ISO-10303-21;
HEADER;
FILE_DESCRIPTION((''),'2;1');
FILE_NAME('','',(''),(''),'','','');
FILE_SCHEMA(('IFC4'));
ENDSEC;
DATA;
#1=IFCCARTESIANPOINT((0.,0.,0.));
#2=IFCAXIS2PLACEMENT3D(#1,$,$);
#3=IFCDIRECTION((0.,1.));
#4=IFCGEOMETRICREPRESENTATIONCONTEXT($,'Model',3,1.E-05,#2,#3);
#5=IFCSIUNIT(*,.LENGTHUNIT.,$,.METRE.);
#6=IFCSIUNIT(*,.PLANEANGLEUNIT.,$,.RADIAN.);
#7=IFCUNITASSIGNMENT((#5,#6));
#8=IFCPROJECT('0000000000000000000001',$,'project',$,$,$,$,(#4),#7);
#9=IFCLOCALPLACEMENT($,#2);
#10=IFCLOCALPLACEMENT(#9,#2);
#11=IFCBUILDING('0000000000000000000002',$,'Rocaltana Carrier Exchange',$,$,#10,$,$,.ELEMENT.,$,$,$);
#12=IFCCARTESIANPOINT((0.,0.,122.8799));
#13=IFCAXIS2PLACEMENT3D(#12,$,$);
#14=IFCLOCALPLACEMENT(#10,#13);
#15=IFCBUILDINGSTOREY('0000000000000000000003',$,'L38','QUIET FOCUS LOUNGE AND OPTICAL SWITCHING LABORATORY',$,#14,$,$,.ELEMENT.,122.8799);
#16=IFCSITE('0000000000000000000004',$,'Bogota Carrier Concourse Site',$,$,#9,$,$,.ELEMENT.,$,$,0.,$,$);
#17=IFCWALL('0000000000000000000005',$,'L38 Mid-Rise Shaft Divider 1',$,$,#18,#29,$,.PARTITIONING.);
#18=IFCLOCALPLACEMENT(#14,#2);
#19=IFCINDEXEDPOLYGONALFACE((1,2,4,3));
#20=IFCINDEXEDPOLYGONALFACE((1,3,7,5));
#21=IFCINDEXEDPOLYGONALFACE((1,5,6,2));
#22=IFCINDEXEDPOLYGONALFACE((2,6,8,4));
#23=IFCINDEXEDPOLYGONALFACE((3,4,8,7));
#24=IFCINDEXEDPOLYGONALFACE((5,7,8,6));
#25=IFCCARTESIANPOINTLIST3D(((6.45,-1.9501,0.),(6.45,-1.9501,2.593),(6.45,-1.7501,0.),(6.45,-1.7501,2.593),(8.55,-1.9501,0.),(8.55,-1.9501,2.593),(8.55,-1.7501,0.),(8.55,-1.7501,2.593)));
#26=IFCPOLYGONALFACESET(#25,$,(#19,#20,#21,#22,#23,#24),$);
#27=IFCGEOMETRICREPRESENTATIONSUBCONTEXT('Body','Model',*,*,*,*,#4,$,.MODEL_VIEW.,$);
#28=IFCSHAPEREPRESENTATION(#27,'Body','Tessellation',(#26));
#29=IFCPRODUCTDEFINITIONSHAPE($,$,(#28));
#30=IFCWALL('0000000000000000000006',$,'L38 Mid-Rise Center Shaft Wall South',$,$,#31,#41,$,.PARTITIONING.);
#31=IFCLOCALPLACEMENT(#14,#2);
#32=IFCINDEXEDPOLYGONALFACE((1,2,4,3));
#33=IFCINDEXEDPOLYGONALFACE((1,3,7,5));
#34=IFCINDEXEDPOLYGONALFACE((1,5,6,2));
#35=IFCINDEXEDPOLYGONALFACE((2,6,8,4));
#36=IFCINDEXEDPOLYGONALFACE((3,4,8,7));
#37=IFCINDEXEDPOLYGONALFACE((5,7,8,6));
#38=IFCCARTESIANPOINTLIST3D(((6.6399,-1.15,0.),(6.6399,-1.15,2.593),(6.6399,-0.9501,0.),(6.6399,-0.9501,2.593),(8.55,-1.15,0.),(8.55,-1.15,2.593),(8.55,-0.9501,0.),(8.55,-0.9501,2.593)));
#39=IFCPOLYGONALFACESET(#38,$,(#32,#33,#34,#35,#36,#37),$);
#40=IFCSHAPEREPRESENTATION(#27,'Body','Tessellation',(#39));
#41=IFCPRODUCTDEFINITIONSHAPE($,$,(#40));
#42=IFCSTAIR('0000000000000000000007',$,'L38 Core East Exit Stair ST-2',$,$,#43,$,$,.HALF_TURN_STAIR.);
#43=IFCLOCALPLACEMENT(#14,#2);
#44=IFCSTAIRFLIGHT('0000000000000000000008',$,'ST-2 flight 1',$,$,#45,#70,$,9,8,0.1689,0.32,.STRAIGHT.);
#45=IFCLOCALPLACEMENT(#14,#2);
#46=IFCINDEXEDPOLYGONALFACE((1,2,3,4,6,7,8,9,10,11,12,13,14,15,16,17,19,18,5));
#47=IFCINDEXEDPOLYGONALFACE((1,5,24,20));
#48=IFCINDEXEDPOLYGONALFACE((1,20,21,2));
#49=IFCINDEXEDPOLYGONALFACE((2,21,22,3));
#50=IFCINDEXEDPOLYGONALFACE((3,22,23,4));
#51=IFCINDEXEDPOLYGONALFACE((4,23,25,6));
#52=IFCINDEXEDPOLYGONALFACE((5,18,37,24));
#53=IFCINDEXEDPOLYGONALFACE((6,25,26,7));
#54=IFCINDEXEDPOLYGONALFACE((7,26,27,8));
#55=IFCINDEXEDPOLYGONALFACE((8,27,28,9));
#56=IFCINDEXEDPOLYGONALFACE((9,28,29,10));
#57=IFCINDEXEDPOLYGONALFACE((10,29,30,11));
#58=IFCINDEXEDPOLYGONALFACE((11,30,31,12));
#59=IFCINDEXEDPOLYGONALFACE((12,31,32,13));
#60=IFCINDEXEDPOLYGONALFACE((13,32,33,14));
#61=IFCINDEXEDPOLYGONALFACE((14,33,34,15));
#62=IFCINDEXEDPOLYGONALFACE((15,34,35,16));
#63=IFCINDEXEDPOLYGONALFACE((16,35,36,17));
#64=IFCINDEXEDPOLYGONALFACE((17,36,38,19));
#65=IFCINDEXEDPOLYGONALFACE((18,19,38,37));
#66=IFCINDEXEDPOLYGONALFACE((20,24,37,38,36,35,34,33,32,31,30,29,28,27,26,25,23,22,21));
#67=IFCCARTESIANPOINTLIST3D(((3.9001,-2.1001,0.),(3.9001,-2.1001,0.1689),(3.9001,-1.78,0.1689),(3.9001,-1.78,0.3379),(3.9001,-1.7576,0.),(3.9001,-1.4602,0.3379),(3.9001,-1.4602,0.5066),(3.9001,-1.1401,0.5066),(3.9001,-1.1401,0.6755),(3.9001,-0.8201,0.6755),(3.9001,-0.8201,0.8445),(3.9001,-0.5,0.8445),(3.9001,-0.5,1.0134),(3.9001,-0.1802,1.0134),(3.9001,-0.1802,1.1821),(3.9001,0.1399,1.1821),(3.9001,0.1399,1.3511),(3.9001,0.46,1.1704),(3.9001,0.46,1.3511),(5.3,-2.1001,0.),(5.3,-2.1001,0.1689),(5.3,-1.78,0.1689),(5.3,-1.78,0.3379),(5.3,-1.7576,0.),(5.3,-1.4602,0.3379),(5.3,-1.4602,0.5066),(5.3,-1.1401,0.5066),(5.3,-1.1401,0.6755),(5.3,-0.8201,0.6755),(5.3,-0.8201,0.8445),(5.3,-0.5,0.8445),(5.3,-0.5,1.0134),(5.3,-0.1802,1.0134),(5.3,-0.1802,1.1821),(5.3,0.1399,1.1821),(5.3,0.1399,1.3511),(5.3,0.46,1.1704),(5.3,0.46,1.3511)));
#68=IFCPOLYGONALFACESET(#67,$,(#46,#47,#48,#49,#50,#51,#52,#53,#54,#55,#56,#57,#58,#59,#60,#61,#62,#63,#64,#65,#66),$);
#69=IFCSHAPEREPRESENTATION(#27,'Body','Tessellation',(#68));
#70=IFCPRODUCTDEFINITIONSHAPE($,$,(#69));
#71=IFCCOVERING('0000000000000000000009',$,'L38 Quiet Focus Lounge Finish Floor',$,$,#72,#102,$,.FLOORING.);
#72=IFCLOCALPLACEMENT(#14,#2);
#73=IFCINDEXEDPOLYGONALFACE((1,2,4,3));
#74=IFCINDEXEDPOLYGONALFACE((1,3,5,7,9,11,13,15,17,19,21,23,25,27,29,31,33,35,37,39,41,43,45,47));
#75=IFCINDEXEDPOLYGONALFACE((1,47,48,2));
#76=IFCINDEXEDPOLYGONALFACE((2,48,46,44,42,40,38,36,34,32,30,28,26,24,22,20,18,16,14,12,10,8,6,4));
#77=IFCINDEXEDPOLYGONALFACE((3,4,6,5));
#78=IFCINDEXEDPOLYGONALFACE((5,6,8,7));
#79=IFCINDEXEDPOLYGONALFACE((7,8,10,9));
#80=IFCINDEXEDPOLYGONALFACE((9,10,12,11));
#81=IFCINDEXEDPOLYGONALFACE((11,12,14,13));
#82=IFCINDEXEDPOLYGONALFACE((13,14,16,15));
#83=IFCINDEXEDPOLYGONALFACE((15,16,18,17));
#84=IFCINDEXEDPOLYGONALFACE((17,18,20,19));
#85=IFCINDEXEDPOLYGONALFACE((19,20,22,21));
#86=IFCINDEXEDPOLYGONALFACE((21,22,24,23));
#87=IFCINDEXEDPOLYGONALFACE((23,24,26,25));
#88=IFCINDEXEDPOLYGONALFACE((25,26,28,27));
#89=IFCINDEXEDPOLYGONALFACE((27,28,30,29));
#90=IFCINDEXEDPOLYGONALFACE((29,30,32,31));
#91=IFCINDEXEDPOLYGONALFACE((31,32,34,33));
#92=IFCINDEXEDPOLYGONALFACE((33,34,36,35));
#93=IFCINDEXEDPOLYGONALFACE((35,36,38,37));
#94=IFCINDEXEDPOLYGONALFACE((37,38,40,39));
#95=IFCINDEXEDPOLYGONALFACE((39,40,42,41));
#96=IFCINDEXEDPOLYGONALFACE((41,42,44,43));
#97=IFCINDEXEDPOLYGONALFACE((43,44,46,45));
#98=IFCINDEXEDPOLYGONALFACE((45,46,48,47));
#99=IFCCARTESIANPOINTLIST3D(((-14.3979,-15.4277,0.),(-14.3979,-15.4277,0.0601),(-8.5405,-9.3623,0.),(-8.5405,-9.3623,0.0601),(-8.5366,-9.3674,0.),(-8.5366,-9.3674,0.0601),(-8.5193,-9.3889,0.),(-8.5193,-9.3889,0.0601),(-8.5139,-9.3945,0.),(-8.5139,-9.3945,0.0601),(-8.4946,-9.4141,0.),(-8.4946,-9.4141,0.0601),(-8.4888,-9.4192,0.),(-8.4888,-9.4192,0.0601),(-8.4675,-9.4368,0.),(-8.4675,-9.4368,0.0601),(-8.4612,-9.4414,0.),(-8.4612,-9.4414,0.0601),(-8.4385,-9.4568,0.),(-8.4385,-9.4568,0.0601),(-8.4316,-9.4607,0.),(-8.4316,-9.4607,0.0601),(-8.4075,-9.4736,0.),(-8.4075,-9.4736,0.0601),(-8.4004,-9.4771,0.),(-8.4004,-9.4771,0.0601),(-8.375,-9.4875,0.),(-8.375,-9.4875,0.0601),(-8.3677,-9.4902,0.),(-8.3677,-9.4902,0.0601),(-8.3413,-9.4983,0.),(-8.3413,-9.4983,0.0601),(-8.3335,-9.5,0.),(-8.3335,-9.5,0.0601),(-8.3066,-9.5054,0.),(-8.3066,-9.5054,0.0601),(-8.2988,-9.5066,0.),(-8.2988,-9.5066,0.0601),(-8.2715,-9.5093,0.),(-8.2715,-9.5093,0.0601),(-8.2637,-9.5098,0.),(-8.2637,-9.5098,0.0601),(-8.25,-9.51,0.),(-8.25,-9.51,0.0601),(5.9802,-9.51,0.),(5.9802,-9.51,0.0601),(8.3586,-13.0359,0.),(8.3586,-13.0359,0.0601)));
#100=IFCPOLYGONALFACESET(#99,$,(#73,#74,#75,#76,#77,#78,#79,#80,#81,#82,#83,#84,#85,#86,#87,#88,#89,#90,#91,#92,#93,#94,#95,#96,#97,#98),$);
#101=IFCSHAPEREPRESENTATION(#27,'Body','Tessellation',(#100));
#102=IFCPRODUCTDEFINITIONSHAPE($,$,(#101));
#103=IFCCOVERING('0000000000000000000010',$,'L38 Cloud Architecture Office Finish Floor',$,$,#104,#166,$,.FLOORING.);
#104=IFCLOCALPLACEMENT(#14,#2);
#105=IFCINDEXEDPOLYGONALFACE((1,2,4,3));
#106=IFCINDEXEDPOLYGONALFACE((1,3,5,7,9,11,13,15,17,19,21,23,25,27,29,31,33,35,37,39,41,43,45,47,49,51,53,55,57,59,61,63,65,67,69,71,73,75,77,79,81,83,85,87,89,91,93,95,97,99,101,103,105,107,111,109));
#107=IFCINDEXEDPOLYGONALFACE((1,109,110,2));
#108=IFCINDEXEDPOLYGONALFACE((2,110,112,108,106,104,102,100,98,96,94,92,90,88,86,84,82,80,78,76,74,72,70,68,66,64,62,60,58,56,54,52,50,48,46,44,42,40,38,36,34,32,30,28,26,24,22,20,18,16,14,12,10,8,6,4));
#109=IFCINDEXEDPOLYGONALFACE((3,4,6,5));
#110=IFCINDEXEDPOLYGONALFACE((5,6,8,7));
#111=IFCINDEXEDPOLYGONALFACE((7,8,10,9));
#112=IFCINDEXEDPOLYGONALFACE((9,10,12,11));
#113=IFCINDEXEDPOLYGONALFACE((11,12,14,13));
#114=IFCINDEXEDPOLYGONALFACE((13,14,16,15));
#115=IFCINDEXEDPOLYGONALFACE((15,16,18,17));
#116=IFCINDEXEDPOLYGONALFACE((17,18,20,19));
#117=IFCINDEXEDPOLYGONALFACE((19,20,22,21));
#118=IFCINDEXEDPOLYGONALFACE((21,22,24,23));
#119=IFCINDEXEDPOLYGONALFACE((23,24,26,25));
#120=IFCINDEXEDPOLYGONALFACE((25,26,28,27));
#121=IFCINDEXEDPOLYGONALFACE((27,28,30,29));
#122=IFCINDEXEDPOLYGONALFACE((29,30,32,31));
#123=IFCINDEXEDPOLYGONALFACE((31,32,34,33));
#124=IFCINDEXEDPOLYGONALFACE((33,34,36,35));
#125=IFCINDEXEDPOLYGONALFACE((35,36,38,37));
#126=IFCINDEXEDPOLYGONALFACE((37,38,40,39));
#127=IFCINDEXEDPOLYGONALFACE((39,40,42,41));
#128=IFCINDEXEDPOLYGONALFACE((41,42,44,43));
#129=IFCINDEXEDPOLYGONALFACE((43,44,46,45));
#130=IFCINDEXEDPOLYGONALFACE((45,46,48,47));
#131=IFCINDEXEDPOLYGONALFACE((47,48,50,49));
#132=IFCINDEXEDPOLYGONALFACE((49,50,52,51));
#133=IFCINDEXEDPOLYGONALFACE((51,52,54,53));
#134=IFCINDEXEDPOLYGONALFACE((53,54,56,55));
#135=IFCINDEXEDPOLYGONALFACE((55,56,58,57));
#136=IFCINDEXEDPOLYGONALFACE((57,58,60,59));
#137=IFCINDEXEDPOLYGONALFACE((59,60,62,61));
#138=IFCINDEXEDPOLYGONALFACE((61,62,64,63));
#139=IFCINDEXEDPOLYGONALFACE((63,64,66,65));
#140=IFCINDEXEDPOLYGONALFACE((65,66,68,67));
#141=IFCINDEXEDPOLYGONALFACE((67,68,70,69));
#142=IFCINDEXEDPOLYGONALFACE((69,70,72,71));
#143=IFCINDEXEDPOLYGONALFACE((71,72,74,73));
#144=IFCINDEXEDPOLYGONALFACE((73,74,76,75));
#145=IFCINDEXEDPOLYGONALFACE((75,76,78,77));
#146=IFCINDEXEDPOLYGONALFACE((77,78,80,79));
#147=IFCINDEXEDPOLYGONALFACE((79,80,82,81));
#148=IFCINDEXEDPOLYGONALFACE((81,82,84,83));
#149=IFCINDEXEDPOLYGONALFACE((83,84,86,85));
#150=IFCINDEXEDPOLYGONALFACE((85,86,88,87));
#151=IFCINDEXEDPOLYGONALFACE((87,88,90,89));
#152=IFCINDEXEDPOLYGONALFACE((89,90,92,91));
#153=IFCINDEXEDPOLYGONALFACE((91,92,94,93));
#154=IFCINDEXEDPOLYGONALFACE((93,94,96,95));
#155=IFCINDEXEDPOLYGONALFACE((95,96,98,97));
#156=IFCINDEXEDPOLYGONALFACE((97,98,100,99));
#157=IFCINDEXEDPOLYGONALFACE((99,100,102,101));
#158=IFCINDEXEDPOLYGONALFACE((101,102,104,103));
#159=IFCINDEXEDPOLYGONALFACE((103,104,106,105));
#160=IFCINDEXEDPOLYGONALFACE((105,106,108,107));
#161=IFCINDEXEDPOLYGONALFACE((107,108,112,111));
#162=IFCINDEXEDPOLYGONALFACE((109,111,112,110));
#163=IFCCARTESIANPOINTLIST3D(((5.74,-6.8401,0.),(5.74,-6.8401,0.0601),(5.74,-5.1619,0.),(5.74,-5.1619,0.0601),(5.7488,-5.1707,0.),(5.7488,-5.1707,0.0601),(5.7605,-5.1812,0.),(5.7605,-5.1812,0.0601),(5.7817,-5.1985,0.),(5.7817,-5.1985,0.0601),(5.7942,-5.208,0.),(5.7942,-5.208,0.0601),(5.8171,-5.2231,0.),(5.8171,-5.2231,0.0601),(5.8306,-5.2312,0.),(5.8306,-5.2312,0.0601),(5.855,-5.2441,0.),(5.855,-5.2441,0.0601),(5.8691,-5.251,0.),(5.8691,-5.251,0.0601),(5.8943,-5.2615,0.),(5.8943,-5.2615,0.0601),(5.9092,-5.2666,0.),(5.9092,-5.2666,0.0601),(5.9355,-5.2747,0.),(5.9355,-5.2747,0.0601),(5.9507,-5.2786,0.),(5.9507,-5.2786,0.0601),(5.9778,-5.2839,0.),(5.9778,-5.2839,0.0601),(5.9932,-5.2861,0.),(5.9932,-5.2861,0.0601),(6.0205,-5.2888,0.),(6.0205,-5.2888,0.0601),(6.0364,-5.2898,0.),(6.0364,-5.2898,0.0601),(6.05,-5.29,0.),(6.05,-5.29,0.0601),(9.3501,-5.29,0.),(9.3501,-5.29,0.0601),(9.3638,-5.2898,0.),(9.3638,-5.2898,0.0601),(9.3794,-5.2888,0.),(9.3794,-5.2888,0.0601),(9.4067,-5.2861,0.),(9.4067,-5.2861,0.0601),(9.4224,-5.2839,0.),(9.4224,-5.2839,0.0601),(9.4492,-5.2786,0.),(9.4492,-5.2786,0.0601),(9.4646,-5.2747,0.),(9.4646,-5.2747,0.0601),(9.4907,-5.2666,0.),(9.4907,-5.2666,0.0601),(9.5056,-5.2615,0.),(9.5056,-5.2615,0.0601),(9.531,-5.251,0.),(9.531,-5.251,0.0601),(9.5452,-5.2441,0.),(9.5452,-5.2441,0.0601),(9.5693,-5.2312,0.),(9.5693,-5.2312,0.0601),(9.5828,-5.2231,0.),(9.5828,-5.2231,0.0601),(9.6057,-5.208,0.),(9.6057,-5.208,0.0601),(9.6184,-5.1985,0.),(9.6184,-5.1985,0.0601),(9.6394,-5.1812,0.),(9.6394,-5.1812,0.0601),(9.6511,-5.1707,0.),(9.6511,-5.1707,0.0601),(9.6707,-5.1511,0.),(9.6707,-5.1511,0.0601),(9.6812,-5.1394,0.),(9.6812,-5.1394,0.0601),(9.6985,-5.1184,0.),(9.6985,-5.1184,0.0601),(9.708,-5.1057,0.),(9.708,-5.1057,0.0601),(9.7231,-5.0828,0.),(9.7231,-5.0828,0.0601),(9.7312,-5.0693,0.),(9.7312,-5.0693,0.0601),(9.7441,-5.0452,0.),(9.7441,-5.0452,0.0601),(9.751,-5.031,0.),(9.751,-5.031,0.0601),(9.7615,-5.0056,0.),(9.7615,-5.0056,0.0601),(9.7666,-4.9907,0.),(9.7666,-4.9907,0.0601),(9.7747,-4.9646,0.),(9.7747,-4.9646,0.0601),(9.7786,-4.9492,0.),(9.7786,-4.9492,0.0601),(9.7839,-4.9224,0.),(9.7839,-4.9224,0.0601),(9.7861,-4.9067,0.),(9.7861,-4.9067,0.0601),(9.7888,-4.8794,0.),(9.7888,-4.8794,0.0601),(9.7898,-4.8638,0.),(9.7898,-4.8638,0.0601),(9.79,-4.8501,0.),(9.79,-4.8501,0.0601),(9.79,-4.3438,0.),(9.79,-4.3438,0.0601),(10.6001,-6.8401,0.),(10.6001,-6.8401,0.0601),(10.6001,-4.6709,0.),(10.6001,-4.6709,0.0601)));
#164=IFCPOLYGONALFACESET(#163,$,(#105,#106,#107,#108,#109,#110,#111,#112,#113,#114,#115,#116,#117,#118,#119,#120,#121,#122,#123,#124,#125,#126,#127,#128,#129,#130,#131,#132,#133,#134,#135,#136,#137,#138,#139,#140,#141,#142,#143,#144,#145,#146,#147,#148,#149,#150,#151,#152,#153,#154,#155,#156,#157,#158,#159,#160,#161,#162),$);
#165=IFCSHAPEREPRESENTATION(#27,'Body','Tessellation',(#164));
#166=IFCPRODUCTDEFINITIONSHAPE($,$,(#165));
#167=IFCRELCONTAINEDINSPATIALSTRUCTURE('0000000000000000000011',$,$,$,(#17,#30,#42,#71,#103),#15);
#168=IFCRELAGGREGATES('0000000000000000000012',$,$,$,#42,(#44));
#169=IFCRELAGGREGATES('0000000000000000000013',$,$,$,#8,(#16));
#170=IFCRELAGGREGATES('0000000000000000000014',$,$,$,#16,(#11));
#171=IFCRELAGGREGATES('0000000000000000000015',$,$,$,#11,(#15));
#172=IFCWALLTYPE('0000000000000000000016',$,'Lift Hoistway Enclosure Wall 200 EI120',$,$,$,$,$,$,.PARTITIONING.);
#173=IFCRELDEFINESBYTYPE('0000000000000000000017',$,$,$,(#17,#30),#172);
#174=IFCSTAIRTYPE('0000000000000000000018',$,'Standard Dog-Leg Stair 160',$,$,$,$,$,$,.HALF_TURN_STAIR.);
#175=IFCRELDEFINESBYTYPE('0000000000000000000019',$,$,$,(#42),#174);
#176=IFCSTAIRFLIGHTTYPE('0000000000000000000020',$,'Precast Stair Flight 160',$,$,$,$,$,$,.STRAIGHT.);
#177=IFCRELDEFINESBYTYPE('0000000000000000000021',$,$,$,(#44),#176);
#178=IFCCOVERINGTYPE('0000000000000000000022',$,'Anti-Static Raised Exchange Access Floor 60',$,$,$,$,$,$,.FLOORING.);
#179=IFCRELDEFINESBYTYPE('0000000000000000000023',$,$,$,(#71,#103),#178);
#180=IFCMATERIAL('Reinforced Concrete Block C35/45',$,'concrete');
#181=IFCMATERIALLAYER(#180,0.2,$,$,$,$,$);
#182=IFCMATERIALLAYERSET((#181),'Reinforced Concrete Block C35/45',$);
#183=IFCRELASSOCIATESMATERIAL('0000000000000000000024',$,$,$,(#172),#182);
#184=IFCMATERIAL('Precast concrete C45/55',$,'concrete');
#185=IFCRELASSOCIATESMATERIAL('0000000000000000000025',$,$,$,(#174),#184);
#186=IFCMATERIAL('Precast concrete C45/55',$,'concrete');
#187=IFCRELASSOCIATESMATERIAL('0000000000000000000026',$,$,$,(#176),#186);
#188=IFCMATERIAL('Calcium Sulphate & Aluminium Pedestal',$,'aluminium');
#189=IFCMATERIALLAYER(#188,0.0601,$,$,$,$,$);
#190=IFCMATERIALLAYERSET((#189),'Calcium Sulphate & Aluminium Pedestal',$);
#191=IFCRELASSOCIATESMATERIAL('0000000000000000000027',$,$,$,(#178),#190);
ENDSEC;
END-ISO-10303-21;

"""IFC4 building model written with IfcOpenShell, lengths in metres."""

from ifc_helpers import new_model, si_unit, direction, frame, frame_2d, origin, place, context, subcontext, project, spatial, polyline, rectangle, outline, extrude, material, layer, layer_set, type_object, element, aggregate, save


model = new_model("IFC4")

# Units and contexts
model_context = context("Model", 3, precision=1e-05, world=origin(), true_north=direction((0.0, 1.0)))
body_context = subcontext(model_context, "Body", "Model", "MODEL_VIEW")
ifc_project = project(units=[si_unit("LENGTHUNIT", "METRE"), si_unit("PLANEANGLEUNIT", "RADIAN")], contexts=[model_context])

# Site, building, storey
site_placement = place(None, origin())
site = spatial("IfcSite", under=ifc_project, at=site_placement, Name="Bogota Carrier Concourse Site", CompositionType="ELEMENT", RefElevation=0.0)
building_placement = place(site_placement, origin())
building = spatial("IfcBuilding", under=site, at=building_placement, Name="Rocaltana Carrier Exchange", CompositionType="ELEMENT")
storey_placement = place(building_placement, frame((0.0, 0.0, 122.8799)))
storey = spatial("IfcBuildingStorey", under=building, at=storey_placement, Name="L38", Description="QUIET FOCUS LOUNGE AND OPTICAL SWITCHING LABORATORY", CompositionType="ELEMENT", Elevation=122.8799)

# Walls
ifc_material_1 = material(Name="Reinforced Concrete Block C35/45", Category="concrete")
ifc_layer_1 = layer(ifc_material_1, 0.2)
ifc_layer_set_1 = layer_set([ifc_layer_1], Name="Reinforced Concrete Block C35/45")
wall_type_1 = type_object("IfcWallType", Name="Lift Hoistway Enclosure Wall 200 EI120", PredefinedType="PARTITIONING", material=ifc_layer_set_1)
wall_1_placement = place(storey_placement, frame((6.45, -1.8501, 0.0), z_axis=(0.0, 0.0, 1.0), x_axis=(1.0, 0.0, 0.0)))
element("IfcWall", 1, at=wall_1_placement, inside=storey, type_object=wall_type_1, Name="L38 Mid-Rise Shaft Divider 1", PredefinedType="PARTITIONING", context=body_context, shape_type="SweptSolid", body=[
    extrude(rectangle(XDim=2.1001, YDim=0.2, at=frame_2d((1.05, 0.0))), origin(), (0.0, 0.0, 1.0), 2.593),
])
wall_2_placement = place(storey_placement, frame((6.6399, -1.05, 0.0), z_axis=(0.0, 0.0, 1.0), x_axis=(1.0, 0.0, 0.0)))
element("IfcWall", 2, at=wall_2_placement, inside=storey, type_object=wall_type_1, Name="L38 Mid-Rise Center Shaft Wall South", PredefinedType="PARTITIONING", context=body_context, shape_type="SweptSolid", body=[
    extrude(rectangle(XDim=1.9102, YDim=0.2, at=frame_2d((0.9551, 0.0))), origin(), (0.0, 0.0, 1.0), 2.593),
])

# Stair, stair flight
ifc_material_2 = material(Name="Precast concrete C45/55", Category="concrete")
stair_type = type_object("IfcStairType", Name="Standard Dog-Leg Stair 160", PredefinedType="HALF_TURN_STAIR", material=ifc_material_2)
stair_placement = place(storey_placement, origin())
stair = element("IfcStair", 3, at=stair_placement, inside=storey, type_object=stair_type, Name="L38 Core East Exit Stair ST-2", PredefinedType="HALF_TURN_STAIR")
ifc_material_3 = material(Name="Precast concrete C45/55", Category="concrete")
stair_flight_type = type_object("IfcStairFlightType", Name="Precast Stair Flight 160", PredefinedType="STRAIGHT", material=ifc_material_3)
stair_flight_placement = place(storey_placement, frame((4.6001, -2.1001, 0.0), z_axis=(0.0, 0.0, 1.0), x_axis=(0.0, 1.0, 0.0)))
stair_flight = element("IfcStairFlight", 4, at=stair_flight_placement, type_object=stair_flight_type, Name="ST-2 flight 1", NumberOfRisers=9, NumberOfTreads=8, PredefinedType="STRAIGHT", RiserHeight=0.1689, TreadLength=0.32, context=body_context, shape_type="SweptSolid", body=[
    extrude(outline(polyline([(0.0, 0.0), (0.0, 0.1689), (0.3201, 0.1689), (0.3201, 0.3379), (0.6399, 0.3379), (0.6399, 0.5066), (0.96, 0.5066), (0.96, 0.6755), (1.28, 0.6755), (1.28, 0.8445), (1.6001, 0.8445), (1.6001, 1.0134), (1.9199, 1.0134), (1.9199, 1.1821), (2.24, 1.1821), (2.24, 1.3511), (2.5601, 1.3511), (2.5601, 1.52), (2.5601, 1.1704), (0.3425, 0.0), (0.0, 0.0)])), frame((0.0, 0.7, 0.0), z_axis=(0.0, -1.0, 0.0), x_axis=(1.0, 0.0, 0.0)), (0.0, 0.0, 1.0), 1.3999),
])
aggregate(stair, [stair_flight])

# Coverings
ifc_material_4 = material(Name="Calcium Sulphate & Aluminium Pedestal", Category="aluminium")
ifc_layer_2 = layer(ifc_material_4, 0.0601)
ifc_layer_set_2 = layer_set([ifc_layer_2], Name="Calcium Sulphate & Aluminium Pedestal")
covering_type_1 = type_object("IfcCoveringType", Name="Anti-Static Raised Exchange Access Floor 60", PredefinedType="FLOORING", material=ifc_layer_set_2)
covering_1_placement = place(storey_placement, origin())
element("IfcCovering", 5, at=covering_1_placement, inside=storey, type_object=covering_type_1, Name="L38 Quiet Focus Lounge Finish Floor", PredefinedType="FLOORING", context=body_context, shape_type="SweptSolid", body=[
    extrude(outline(polyline([(-14.3979, -15.4277), (-8.5405, -9.3623), (-8.5366, -9.3674), (-8.5193, -9.3889), (-8.5139, -9.3945), (-8.4946, -9.4141), (-8.4888, -9.4192), (-8.4675, -9.4368), (-8.4612, -9.4414), (-8.4385, -9.4568), (-8.4316, -9.4607), (-8.4075, -9.4736), (-8.4004, -9.4771), (-8.375, -9.4875), (-8.3677, -9.4902), (-8.3413, -9.4983), (-8.3335, -9.5), (-8.3066, -9.5054), (-8.2988, -9.5066), (-8.2715, -9.5093), (-8.2637, -9.5098), (-8.25, -9.51), (5.9802, -9.51), (8.3586, -13.0359), (-14.3979, -15.4277)])), origin(), (0.0, 0.0, 1.0), 0.0601),
])
covering_2_placement = place(storey_placement, origin())
element("IfcCovering", 6, at=covering_2_placement, inside=storey, type_object=covering_type_1, Name="L38 Cloud Architecture Office Finish Floor", PredefinedType="FLOORING", context=body_context, shape_type="SweptSolid", body=[
    extrude(outline(polyline([(5.74, -6.8401), (5.74, -5.1619), (5.7488, -5.1707), (5.7605, -5.1812), (5.7817, -5.1985), (5.7942, -5.208), (5.8171, -5.2231), (5.8306, -5.2312), (5.855, -5.2441), (5.8691, -5.251), (5.8943, -5.2615), (5.9092, -5.2666), (5.9355, -5.2747), (5.9507, -5.2786), (5.9778, -5.2839), (5.9932, -5.2861), (6.0205, -5.2888), (6.0364, -5.2898), (6.05, -5.29), (9.3501, -5.29), (9.3638, -5.2898), (9.3794, -5.2888), (9.4067, -5.2861), (9.4224, -5.2839), (9.4492, -5.2786), (9.4646, -5.2747), (9.4907, -5.2666), (9.5056, -5.2615), (9.531, -5.251), (9.5452, -5.2441), (9.5693, -5.2312), (9.5828, -5.2231), (9.6057, -5.208), (9.6184, -5.1985), (9.6394, -5.1812), (9.6511, -5.1707), (9.6707, -5.1511), (9.6812, -5.1394), (9.6985, -5.1184), (9.708, -5.1057), (9.7231, -5.0828), (9.7312, -5.0693), (9.7441, -5.0452), (9.751, -5.031), (9.7615, -5.0056), (9.7666, -4.9907), (9.7747, -4.9646), (9.7786, -4.9492), (9.7839, -4.9224), (9.7861, -4.9067), (9.7888, -4.8794), (9.7898, -4.8638), (9.79, -4.8501), (9.79, -4.3438), (10.6001, -4.6709), (10.6001, -6.8401), (5.74, -6.8401)])), origin(), (0.0, 0.0, 1.0), 0.0601),
])

save(model, "model.ifc")
